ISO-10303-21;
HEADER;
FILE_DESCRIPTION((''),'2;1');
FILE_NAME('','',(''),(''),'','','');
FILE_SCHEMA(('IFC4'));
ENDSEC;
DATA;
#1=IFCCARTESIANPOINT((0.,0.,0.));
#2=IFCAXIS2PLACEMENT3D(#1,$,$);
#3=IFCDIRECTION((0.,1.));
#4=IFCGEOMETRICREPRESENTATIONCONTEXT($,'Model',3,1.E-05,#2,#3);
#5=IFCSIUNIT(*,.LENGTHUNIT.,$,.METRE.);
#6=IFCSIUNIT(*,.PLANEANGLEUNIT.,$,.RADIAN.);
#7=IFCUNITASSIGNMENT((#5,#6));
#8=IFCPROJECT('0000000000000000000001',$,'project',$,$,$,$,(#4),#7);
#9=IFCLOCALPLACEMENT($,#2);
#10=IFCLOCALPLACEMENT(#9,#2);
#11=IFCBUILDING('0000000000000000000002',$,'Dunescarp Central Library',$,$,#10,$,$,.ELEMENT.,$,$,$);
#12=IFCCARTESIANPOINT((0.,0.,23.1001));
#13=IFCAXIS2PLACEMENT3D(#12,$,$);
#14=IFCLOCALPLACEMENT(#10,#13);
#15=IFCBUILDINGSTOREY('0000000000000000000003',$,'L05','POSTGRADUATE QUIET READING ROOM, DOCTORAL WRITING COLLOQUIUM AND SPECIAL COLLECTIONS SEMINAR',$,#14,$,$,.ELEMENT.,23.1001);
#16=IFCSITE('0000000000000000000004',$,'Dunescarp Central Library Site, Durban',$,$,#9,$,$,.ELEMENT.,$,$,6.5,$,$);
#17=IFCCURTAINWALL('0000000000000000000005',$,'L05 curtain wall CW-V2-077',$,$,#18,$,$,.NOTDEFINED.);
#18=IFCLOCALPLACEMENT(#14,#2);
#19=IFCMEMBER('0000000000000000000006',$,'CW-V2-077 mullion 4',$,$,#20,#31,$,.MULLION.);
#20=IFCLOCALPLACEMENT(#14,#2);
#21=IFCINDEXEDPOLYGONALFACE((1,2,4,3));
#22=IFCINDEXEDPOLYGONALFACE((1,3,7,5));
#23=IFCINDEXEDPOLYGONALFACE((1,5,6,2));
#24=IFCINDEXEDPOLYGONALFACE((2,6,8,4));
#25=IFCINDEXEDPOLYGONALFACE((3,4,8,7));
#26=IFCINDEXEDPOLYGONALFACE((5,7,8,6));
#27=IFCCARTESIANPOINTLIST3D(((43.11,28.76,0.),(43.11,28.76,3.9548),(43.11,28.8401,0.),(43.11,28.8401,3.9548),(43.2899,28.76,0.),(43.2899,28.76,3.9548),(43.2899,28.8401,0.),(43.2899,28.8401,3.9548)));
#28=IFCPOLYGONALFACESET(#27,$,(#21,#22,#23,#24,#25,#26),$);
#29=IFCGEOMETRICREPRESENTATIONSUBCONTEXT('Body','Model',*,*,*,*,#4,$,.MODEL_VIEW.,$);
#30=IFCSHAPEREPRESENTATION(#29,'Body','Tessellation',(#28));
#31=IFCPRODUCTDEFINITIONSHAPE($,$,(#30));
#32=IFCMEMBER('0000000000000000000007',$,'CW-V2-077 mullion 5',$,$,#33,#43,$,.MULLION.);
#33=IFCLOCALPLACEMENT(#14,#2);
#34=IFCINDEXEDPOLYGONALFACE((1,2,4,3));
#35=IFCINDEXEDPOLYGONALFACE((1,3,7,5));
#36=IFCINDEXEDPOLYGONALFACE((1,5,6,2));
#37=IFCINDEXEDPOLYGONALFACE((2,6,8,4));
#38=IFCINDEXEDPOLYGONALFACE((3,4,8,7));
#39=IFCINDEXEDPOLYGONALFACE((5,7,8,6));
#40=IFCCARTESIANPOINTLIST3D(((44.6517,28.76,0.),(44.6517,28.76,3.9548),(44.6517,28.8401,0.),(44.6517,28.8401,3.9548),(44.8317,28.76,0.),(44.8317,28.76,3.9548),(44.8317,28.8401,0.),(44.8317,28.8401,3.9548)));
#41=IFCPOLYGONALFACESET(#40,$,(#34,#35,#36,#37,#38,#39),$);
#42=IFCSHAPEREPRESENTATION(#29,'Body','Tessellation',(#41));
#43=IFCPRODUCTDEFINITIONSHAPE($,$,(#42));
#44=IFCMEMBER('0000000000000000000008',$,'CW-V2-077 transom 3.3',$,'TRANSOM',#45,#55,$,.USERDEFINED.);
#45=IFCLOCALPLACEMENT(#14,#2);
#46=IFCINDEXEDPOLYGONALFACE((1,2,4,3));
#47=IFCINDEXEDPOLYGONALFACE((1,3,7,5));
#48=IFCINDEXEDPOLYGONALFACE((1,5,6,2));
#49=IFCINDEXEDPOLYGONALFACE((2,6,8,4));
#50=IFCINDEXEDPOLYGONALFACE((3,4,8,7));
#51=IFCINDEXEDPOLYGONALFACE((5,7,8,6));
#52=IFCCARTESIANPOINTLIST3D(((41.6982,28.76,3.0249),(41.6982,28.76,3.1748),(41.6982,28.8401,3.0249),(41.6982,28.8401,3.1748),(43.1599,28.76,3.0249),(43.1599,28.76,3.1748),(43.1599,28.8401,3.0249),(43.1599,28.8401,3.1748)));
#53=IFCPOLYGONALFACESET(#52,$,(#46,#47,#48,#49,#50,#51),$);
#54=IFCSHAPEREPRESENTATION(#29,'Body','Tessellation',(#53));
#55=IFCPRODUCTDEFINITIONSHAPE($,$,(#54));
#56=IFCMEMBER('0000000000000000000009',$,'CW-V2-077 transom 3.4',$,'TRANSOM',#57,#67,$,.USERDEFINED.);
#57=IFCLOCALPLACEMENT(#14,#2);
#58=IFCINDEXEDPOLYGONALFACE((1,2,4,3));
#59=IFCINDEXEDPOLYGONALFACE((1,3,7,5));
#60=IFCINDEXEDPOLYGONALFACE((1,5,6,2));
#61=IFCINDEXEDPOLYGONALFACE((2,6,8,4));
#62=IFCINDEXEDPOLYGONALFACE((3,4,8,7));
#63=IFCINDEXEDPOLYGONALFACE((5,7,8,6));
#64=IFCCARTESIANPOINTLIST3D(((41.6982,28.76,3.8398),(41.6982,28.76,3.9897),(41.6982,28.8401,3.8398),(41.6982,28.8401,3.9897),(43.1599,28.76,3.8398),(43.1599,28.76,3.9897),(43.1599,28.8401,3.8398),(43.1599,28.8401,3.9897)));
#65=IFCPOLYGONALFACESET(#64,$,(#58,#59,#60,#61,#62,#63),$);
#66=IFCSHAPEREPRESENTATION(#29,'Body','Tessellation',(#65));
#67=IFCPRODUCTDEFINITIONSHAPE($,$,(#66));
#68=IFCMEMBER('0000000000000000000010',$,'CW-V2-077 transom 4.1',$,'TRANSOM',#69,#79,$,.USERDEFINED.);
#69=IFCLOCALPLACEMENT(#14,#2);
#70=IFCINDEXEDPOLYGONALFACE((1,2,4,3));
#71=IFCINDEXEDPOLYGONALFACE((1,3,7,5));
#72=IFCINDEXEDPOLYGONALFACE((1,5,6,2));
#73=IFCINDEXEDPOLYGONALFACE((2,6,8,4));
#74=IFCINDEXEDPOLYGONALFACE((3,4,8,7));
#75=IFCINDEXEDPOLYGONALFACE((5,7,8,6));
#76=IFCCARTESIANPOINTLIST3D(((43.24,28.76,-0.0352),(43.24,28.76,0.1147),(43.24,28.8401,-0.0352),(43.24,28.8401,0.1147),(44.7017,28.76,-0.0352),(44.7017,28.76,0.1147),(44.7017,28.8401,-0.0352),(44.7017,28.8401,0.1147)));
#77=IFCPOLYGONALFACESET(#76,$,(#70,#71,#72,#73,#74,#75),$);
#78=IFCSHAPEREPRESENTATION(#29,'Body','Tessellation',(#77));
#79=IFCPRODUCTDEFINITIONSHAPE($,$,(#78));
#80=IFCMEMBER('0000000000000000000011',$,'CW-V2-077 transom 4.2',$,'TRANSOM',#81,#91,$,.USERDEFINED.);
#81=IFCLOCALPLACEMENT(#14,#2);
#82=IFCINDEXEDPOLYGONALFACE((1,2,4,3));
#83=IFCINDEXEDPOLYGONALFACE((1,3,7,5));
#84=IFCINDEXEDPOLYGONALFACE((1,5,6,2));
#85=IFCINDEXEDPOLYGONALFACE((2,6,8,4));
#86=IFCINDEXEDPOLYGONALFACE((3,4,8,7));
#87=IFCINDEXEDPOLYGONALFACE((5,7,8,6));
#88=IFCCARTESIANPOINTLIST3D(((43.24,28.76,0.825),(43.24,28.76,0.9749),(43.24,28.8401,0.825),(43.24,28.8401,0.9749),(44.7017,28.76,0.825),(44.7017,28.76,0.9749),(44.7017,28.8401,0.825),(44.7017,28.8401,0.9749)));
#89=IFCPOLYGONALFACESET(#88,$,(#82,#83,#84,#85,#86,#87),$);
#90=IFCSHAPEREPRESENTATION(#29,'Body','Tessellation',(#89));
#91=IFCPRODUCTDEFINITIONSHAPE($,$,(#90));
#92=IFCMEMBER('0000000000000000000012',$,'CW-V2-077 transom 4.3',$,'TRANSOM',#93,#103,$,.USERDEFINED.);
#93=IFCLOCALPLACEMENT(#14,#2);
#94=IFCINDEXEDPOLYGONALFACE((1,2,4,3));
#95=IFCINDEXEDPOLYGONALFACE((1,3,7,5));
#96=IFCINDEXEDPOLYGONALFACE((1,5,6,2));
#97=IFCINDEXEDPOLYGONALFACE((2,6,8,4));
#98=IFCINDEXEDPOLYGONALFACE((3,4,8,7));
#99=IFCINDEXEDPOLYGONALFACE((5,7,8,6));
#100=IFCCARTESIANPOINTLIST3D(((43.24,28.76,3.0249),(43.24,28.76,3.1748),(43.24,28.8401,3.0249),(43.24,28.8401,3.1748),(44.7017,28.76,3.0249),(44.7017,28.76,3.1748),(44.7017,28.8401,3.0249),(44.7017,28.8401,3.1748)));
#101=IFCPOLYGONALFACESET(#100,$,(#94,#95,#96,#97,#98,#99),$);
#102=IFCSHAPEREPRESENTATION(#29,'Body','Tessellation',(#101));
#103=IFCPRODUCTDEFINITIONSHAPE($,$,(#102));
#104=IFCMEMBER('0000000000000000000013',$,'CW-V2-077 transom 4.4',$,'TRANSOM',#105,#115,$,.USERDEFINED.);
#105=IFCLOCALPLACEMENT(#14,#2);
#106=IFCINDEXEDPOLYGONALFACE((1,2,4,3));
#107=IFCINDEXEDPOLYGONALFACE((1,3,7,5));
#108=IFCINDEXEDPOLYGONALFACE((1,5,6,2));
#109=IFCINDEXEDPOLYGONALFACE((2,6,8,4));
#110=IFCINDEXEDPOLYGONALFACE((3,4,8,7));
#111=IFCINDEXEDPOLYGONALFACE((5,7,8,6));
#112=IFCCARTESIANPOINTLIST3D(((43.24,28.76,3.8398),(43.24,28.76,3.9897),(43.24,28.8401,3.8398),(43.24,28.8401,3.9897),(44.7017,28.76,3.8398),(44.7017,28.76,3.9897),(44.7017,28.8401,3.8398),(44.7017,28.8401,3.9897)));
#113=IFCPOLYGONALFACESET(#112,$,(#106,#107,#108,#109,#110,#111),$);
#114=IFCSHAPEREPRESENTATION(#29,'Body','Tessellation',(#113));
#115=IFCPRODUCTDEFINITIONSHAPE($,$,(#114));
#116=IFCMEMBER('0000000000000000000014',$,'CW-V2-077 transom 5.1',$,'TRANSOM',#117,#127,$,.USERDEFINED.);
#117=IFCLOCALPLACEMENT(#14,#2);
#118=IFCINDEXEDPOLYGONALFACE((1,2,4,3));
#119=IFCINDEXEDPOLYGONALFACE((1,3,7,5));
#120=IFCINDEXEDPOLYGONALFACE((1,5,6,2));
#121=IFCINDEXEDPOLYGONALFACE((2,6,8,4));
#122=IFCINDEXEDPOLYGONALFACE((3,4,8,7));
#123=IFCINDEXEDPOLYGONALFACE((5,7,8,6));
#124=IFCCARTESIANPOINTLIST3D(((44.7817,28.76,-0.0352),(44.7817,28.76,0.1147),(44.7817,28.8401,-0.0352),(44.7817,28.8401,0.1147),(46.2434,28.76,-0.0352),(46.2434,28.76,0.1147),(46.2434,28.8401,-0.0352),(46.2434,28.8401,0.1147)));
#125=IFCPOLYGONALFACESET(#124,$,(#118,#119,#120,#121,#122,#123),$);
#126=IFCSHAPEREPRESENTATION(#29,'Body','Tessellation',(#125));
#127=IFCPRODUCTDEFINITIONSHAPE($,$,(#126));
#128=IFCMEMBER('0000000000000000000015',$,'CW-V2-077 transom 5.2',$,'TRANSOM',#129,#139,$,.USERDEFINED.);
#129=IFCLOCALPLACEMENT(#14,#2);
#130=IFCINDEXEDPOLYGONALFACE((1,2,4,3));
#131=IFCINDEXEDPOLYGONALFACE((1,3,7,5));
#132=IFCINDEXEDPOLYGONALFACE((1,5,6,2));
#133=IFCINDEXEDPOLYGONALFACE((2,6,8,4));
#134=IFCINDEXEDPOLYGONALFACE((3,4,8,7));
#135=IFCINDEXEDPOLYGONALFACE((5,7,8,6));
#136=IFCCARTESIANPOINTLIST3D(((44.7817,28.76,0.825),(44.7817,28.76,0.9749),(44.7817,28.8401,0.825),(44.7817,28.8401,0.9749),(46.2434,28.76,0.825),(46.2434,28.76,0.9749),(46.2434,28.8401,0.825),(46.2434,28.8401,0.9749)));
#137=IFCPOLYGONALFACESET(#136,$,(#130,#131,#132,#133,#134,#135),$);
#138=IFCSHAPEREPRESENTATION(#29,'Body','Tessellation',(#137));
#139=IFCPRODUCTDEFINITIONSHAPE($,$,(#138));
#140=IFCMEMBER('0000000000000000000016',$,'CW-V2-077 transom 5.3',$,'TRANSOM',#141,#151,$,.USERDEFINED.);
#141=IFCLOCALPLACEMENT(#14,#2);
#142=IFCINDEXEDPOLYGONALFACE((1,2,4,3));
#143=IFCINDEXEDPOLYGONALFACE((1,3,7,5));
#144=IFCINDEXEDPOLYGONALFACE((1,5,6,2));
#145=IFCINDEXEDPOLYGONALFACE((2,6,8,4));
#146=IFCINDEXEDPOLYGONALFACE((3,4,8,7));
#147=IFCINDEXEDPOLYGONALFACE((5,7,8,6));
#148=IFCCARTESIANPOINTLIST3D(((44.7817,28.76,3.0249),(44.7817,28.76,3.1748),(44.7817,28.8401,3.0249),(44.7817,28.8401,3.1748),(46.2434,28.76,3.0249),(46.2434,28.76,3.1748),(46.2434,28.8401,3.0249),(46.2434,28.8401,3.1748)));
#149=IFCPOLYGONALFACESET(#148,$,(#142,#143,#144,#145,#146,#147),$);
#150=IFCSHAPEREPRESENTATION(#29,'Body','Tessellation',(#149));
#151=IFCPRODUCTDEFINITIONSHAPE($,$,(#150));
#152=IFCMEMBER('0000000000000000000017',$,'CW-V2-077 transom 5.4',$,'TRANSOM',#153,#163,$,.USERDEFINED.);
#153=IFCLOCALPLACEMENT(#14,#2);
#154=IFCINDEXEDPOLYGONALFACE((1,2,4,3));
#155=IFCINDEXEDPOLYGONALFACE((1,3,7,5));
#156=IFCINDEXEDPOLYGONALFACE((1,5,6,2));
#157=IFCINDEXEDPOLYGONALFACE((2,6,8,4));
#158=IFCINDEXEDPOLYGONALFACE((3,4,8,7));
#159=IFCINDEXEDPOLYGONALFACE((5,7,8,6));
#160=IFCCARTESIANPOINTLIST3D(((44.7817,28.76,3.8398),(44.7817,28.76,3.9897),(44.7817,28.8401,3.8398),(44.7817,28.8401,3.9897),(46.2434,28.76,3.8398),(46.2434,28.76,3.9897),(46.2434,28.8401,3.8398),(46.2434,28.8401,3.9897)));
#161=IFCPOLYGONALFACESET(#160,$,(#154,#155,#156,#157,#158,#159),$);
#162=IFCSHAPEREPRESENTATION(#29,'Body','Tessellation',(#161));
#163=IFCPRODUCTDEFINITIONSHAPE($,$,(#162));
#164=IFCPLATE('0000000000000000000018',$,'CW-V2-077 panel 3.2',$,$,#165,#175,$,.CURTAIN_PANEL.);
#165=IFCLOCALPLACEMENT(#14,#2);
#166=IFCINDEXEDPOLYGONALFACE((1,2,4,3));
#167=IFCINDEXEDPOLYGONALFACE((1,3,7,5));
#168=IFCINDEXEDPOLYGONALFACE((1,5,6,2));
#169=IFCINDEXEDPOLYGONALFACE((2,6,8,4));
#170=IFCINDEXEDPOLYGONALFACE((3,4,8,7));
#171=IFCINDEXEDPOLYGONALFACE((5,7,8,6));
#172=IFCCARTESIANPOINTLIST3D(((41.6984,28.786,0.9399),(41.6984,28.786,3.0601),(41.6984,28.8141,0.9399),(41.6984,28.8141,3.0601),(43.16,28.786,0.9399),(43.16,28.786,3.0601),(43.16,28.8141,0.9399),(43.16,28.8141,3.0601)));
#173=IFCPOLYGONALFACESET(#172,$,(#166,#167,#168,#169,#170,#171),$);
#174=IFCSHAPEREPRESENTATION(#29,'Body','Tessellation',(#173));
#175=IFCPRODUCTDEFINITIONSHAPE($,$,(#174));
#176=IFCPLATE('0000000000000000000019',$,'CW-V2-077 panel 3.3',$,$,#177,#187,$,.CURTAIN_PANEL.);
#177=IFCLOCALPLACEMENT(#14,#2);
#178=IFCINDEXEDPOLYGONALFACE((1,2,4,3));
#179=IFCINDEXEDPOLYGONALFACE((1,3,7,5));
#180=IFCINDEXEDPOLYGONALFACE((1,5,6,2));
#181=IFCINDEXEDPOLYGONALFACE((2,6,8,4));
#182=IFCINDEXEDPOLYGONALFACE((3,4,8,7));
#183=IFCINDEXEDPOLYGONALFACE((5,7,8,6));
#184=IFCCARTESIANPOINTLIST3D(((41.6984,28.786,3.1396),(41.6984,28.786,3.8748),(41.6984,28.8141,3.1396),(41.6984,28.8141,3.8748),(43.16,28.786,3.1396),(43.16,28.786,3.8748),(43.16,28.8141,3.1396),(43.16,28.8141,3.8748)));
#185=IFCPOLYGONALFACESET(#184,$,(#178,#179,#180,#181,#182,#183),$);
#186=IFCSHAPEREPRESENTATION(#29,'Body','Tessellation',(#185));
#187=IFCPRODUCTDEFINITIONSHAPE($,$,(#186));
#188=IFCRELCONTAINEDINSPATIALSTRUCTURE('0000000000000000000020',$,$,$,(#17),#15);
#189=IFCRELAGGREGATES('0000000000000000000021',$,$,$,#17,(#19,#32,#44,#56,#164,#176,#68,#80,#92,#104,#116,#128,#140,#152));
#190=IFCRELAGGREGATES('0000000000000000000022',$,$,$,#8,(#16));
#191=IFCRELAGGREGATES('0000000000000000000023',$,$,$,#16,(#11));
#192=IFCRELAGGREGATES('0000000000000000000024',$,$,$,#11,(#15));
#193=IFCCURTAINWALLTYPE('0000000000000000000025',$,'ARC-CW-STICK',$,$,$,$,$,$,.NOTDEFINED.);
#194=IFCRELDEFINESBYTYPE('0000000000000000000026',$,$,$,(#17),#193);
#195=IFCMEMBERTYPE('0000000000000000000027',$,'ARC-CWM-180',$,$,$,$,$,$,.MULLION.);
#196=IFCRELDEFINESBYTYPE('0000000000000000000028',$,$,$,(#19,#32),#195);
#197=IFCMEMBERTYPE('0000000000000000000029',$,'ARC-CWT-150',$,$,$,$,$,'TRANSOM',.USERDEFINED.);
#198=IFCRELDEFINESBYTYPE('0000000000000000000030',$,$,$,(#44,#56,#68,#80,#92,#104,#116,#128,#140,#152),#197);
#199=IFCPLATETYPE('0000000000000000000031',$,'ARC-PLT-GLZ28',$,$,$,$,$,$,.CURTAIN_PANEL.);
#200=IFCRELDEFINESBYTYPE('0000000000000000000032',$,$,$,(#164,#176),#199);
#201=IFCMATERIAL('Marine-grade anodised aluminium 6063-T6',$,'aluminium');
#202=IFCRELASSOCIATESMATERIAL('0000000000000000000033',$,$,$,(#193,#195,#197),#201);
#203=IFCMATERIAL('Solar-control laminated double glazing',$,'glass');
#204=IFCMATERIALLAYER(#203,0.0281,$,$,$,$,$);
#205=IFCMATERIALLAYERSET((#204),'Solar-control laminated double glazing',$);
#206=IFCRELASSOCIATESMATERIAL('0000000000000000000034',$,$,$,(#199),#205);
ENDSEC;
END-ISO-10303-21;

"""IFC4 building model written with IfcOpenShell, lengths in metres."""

from ifc_helpers import new_model, si_unit, direction, frame, origin, origin_2d, place, context, subcontext, project, spatial, rectangle, extrude, material, layer, layer_set, material_profile, profile_set, type_object, element, aggregate, save


model = new_model("IFC4")

# Units and contexts
model_context = context("Model", 3, precision=1e-05, world=origin(), true_north=direction((0.0, 1.0)))
body_context = subcontext(model_context, "Body", "Model", "MODEL_VIEW")
ifc_project = project(units=[si_unit("LENGTHUNIT", "METRE"), si_unit("PLANEANGLEUNIT", "RADIAN")], contexts=[model_context])

# Site, building, storey
site_placement = place(None, origin())
site = spatial("IfcSite", under=ifc_project, at=site_placement, Name="Dunescarp Central Library Site, Durban", CompositionType="ELEMENT", RefElevation=6.5)
building_placement = place(site_placement, origin())
building = spatial("IfcBuilding", under=site, at=building_placement, Name="Dunescarp Central Library", CompositionType="ELEMENT")
storey_placement = place(building_placement, frame((0.0, 0.0, 23.1001)))
storey = spatial("IfcBuildingStorey", under=building, at=storey_placement, Name="L05", Description="POSTGRADUATE QUIET READING ROOM, DOCTORAL WRITING COLLOQUIUM AND SPECIAL COLLECTIONS SEMINAR", CompositionType="ELEMENT", Elevation=23.1001)

# Curtain wall, members, plates
ifc_material_1 = material(Name="Marine-grade anodised aluminium 6063-T6", Category="aluminium")
curtain_wall_type = type_object("IfcCurtainWallType", Name="ARC-CW-STICK", PredefinedType="NOTDEFINED", material=ifc_material_1)
curtain_wall_placement = place(storey_placement, origin())
curtain_wall = element("IfcCurtainWall", 1, at=curtain_wall_placement, inside=storey, type_object=curtain_wall_type, Name="L05 curtain wall CW-V2-077", PredefinedType="NOTDEFINED")
ifc_material_profile_1 = material_profile(ifc_material_1, rectangle(XDim=0.0801, YDim=0.1799, at=origin_2d()), Name="AL 80x180")
ifc_profile_set_1 = profile_set([ifc_material_profile_1], Name="Marine-grade anodised aluminium 6063-T6")
member_type_1 = type_object("IfcMemberType", Name="ARC-CWM-180", PredefinedType="MULLION", material=ifc_profile_set_1)
member_1_placement = place(storey_placement, frame((43.2, 28.8, 0.0), z_axis=(0.0, 0.0, 1.0), x_axis=(0.0, 1.0, 0.0)))
member_1 = element("IfcMember", 2, at=member_1_placement, type_object=member_type_1, Name="CW-V2-077 mullion 4", PredefinedType="MULLION", context=body_context, shape_type="SweptSolid", body=[
    extrude(rectangle(XDim=0.0801, YDim=0.1799, at=origin_2d()), origin(), (0.0, 0.0, 1.0), 3.9548),
])
member_2_placement = place(storey_placement, frame((44.7417, 28.8, 0.0), z_axis=(0.0, 0.0, 1.0), x_axis=(0.0, 1.0, 0.0)))
member_2 = element("IfcMember", 3, at=member_2_placement, type_object=member_type_1, Name="CW-V2-077 mullion 5", PredefinedType="MULLION", context=body_context, shape_type="SweptSolid", body=[
    extrude(rectangle(XDim=0.0801, YDim=0.1799, at=origin_2d()), origin(), (0.0, 0.0, 1.0), 3.9548),
])
ifc_material_profile_2 = material_profile(ifc_material_1, rectangle(XDim=0.0801, YDim=0.1499, at=origin_2d()), Name="AL 80x150")
ifc_profile_set_2 = profile_set([ifc_material_profile_2], Name="Marine-grade anodised aluminium 6063-T6")
member_type_2 = type_object("IfcMemberType", Name="ARC-CWT-150", ElementType="TRANSOM", PredefinedType="USERDEFINED", material=ifc_profile_set_2)
member_3_placement = place(storey_placement, frame((41.6982, 28.8, 3.0999), z_axis=(1.0, 0.0, 0.0), x_axis=(0.0, 1.0, 0.0)))
member_3 = element("IfcMember", 4, at=member_3_placement, type_object=member_type_2, Name="CW-V2-077 transom 3.3", ObjectType="TRANSOM", PredefinedType="USERDEFINED", context=body_context, shape_type="SweptSolid", body=[
    extrude(rectangle(XDim=0.0801, YDim=0.1499, at=origin_2d()), origin(), (0.0, 0.0, 1.0), 1.4617),
])
member_4_placement = place(storey_placement, frame((41.6982, 28.8, 3.9148), z_axis=(1.0, 0.0, 0.0), x_axis=(0.0, 1.0, 0.0)))
member_4 = element("IfcMember", 5, at=member_4_placement, type_object=member_type_2, Name="CW-V2-077 transom 3.4", ObjectType="TRANSOM", PredefinedType="USERDEFINED", context=body_context, shape_type="SweptSolid", body=[
    extrude(rectangle(XDim=0.0801, YDim=0.1499, at=origin_2d()), origin(), (0.0, 0.0, 1.0), 1.4617),
])
member_5_placement = place(storey_placement, frame((43.24, 28.8, 0.0398), z_axis=(1.0, 0.0, 0.0), x_axis=(0.0, 1.0, 0.0)))
member_5 = element("IfcMember", 6, at=member_5_placement, type_object=member_type_2, Name="CW-V2-077 transom 4.1", ObjectType="TRANSOM", PredefinedType="USERDEFINED", context=body_context, shape_type="SweptSolid", body=[
    extrude(rectangle(XDim=0.0801, YDim=0.1499, at=origin_2d()), origin(), (0.0, 0.0, 1.0), 1.4617),
])
member_6_placement = place(storey_placement, frame((43.24, 28.8, 0.8999), z_axis=(1.0, 0.0, 0.0), x_axis=(0.0, 1.0, 0.0)))
member_6 = element("IfcMember", 7, at=member_6_placement, type_object=member_type_2, Name="CW-V2-077 transom 4.2", ObjectType="TRANSOM", PredefinedType="USERDEFINED", context=body_context, shape_type="SweptSolid", body=[
    extrude(rectangle(XDim=0.0801, YDim=0.1499, at=origin_2d()), origin(), (0.0, 0.0, 1.0), 1.4617),
])
member_7_placement = place(storey_placement, frame((43.24, 28.8, 3.0999), z_axis=(1.0, 0.0, 0.0), x_axis=(0.0, 1.0, 0.0)))
member_7 = element("IfcMember", 8, at=member_7_placement, type_object=member_type_2, Name="CW-V2-077 transom 4.3", ObjectType="TRANSOM", PredefinedType="USERDEFINED", context=body_context, shape_type="SweptSolid", body=[
    extrude(rectangle(XDim=0.0801, YDim=0.1499, at=origin_2d()), origin(), (0.0, 0.0, 1.0), 1.4617),
])
member_8_placement = place(storey_placement, frame((43.24, 28.8, 3.9148), z_axis=(1.0, 0.0, 0.0), x_axis=(0.0, 1.0, 0.0)))
member_8 = element("IfcMember", 9, at=member_8_placement, type_object=member_type_2, Name="CW-V2-077 transom 4.4", ObjectType="TRANSOM", PredefinedType="USERDEFINED", context=body_context, shape_type="SweptSolid", body=[
    extrude(rectangle(XDim=0.0801, YDim=0.1499, at=origin_2d()), origin(), (0.0, 0.0, 1.0), 1.4617),
])
member_9_placement = place(storey_placement, frame((44.7817, 28.8, 0.0398), z_axis=(1.0, 0.0, 0.0), x_axis=(0.0, 1.0, 0.0)))
member_9 = element("IfcMember", 10, at=member_9_placement, type_object=member_type_2, Name="CW-V2-077 transom 5.1", ObjectType="TRANSOM", PredefinedType="USERDEFINED", context=body_context, shape_type="SweptSolid", body=[
    extrude(rectangle(XDim=0.0801, YDim=0.1499, at=origin_2d()), origin(), (0.0, 0.0, 1.0), 1.4617),
])
member_10_placement = place(storey_placement, frame((44.7817, 28.8, 0.8999), z_axis=(1.0, 0.0, 0.0), x_axis=(0.0, 1.0, 0.0)))
member_10 = element("IfcMember", 11, at=member_10_placement, type_object=member_type_2, Name="CW-V2-077 transom 5.2", ObjectType="TRANSOM", PredefinedType="USERDEFINED", context=body_context, shape_type="SweptSolid", body=[
    extrude(rectangle(XDim=0.0801, YDim=0.1499, at=origin_2d()), origin(), (0.0, 0.0, 1.0), 1.4617),
])
member_11_placement = place(storey_placement, frame((44.7817, 28.8, 3.0999), z_axis=(1.0, 0.0, 0.0), x_axis=(0.0, 1.0, 0.0)))
member_11 = element("IfcMember", 12, at=member_11_placement, type_object=member_type_2, Name="CW-V2-077 transom 5.3", ObjectType="TRANSOM", PredefinedType="USERDEFINED", context=body_context, shape_type="SweptSolid", body=[
    extrude(rectangle(XDim=0.0801, YDim=0.1499, at=origin_2d()), origin(), (0.0, 0.0, 1.0), 1.4617),
])
member_12_placement = place(storey_placement, frame((44.7817, 28.8, 3.9148), z_axis=(1.0, 0.0, 0.0), x_axis=(0.0, 1.0, 0.0)))
member_12 = element("IfcMember", 13, at=member_12_placement, type_object=member_type_2, Name="CW-V2-077 transom 5.4", ObjectType="TRANSOM", PredefinedType="USERDEFINED", context=body_context, shape_type="SweptSolid", body=[
    extrude(rectangle(XDim=0.0801, YDim=0.1499, at=origin_2d()), origin(), (0.0, 0.0, 1.0), 1.4617),
])
ifc_material_2 = material(Name="Solar-control laminated double glazing", Category="glass")
ifc_layer_1 = layer(ifc_material_2, 0.0281)
ifc_layer_set_1 = layer_set([ifc_layer_1], Name="Solar-control laminated double glazing")
plate_type_1 = type_object("IfcPlateType", Name="ARC-PLT-GLZ28", PredefinedType="CURTAIN_PANEL", material=ifc_layer_set_1)
plate_1_placement = place(storey_placement, frame((42.4292, 28.8, 0.9399), z_axis=(0.0, 0.0, 1.0), x_axis=(1.0, 0.0, 0.0)))
plate_1 = element("IfcPlate", 14, at=plate_1_placement, type_object=plate_type_1, Name="CW-V2-077 panel 3.2", PredefinedType="CURTAIN_PANEL", context=body_context, shape_type="SweptSolid", body=[
    extrude(rectangle(XDim=1.4617, YDim=0.0281, at=origin_2d()), origin(), (0.0, 0.0, 1.0), 2.1201),
])
plate_2_placement = place(storey_placement, frame((42.4292, 28.8, 3.1396), z_axis=(0.0, 0.0, 1.0), x_axis=(1.0, 0.0, 0.0)))
plate_2 = element("IfcPlate", 15, at=plate_2_placement, type_object=plate_type_1, Name="CW-V2-077 panel 3.3", PredefinedType="CURTAIN_PANEL", context=body_context, shape_type="SweptSolid", body=[
    extrude(rectangle(XDim=1.4617, YDim=0.0281, at=origin_2d()), origin(), (0.0, 0.0, 1.0), 0.7351),
])
aggregate(curtain_wall, [member_1, member_2, member_3, member_4, plate_1, plate_2, member_5, member_6, member_7, member_8, member_9, member_10, member_11, member_12])

save(model, "model.ifc")
